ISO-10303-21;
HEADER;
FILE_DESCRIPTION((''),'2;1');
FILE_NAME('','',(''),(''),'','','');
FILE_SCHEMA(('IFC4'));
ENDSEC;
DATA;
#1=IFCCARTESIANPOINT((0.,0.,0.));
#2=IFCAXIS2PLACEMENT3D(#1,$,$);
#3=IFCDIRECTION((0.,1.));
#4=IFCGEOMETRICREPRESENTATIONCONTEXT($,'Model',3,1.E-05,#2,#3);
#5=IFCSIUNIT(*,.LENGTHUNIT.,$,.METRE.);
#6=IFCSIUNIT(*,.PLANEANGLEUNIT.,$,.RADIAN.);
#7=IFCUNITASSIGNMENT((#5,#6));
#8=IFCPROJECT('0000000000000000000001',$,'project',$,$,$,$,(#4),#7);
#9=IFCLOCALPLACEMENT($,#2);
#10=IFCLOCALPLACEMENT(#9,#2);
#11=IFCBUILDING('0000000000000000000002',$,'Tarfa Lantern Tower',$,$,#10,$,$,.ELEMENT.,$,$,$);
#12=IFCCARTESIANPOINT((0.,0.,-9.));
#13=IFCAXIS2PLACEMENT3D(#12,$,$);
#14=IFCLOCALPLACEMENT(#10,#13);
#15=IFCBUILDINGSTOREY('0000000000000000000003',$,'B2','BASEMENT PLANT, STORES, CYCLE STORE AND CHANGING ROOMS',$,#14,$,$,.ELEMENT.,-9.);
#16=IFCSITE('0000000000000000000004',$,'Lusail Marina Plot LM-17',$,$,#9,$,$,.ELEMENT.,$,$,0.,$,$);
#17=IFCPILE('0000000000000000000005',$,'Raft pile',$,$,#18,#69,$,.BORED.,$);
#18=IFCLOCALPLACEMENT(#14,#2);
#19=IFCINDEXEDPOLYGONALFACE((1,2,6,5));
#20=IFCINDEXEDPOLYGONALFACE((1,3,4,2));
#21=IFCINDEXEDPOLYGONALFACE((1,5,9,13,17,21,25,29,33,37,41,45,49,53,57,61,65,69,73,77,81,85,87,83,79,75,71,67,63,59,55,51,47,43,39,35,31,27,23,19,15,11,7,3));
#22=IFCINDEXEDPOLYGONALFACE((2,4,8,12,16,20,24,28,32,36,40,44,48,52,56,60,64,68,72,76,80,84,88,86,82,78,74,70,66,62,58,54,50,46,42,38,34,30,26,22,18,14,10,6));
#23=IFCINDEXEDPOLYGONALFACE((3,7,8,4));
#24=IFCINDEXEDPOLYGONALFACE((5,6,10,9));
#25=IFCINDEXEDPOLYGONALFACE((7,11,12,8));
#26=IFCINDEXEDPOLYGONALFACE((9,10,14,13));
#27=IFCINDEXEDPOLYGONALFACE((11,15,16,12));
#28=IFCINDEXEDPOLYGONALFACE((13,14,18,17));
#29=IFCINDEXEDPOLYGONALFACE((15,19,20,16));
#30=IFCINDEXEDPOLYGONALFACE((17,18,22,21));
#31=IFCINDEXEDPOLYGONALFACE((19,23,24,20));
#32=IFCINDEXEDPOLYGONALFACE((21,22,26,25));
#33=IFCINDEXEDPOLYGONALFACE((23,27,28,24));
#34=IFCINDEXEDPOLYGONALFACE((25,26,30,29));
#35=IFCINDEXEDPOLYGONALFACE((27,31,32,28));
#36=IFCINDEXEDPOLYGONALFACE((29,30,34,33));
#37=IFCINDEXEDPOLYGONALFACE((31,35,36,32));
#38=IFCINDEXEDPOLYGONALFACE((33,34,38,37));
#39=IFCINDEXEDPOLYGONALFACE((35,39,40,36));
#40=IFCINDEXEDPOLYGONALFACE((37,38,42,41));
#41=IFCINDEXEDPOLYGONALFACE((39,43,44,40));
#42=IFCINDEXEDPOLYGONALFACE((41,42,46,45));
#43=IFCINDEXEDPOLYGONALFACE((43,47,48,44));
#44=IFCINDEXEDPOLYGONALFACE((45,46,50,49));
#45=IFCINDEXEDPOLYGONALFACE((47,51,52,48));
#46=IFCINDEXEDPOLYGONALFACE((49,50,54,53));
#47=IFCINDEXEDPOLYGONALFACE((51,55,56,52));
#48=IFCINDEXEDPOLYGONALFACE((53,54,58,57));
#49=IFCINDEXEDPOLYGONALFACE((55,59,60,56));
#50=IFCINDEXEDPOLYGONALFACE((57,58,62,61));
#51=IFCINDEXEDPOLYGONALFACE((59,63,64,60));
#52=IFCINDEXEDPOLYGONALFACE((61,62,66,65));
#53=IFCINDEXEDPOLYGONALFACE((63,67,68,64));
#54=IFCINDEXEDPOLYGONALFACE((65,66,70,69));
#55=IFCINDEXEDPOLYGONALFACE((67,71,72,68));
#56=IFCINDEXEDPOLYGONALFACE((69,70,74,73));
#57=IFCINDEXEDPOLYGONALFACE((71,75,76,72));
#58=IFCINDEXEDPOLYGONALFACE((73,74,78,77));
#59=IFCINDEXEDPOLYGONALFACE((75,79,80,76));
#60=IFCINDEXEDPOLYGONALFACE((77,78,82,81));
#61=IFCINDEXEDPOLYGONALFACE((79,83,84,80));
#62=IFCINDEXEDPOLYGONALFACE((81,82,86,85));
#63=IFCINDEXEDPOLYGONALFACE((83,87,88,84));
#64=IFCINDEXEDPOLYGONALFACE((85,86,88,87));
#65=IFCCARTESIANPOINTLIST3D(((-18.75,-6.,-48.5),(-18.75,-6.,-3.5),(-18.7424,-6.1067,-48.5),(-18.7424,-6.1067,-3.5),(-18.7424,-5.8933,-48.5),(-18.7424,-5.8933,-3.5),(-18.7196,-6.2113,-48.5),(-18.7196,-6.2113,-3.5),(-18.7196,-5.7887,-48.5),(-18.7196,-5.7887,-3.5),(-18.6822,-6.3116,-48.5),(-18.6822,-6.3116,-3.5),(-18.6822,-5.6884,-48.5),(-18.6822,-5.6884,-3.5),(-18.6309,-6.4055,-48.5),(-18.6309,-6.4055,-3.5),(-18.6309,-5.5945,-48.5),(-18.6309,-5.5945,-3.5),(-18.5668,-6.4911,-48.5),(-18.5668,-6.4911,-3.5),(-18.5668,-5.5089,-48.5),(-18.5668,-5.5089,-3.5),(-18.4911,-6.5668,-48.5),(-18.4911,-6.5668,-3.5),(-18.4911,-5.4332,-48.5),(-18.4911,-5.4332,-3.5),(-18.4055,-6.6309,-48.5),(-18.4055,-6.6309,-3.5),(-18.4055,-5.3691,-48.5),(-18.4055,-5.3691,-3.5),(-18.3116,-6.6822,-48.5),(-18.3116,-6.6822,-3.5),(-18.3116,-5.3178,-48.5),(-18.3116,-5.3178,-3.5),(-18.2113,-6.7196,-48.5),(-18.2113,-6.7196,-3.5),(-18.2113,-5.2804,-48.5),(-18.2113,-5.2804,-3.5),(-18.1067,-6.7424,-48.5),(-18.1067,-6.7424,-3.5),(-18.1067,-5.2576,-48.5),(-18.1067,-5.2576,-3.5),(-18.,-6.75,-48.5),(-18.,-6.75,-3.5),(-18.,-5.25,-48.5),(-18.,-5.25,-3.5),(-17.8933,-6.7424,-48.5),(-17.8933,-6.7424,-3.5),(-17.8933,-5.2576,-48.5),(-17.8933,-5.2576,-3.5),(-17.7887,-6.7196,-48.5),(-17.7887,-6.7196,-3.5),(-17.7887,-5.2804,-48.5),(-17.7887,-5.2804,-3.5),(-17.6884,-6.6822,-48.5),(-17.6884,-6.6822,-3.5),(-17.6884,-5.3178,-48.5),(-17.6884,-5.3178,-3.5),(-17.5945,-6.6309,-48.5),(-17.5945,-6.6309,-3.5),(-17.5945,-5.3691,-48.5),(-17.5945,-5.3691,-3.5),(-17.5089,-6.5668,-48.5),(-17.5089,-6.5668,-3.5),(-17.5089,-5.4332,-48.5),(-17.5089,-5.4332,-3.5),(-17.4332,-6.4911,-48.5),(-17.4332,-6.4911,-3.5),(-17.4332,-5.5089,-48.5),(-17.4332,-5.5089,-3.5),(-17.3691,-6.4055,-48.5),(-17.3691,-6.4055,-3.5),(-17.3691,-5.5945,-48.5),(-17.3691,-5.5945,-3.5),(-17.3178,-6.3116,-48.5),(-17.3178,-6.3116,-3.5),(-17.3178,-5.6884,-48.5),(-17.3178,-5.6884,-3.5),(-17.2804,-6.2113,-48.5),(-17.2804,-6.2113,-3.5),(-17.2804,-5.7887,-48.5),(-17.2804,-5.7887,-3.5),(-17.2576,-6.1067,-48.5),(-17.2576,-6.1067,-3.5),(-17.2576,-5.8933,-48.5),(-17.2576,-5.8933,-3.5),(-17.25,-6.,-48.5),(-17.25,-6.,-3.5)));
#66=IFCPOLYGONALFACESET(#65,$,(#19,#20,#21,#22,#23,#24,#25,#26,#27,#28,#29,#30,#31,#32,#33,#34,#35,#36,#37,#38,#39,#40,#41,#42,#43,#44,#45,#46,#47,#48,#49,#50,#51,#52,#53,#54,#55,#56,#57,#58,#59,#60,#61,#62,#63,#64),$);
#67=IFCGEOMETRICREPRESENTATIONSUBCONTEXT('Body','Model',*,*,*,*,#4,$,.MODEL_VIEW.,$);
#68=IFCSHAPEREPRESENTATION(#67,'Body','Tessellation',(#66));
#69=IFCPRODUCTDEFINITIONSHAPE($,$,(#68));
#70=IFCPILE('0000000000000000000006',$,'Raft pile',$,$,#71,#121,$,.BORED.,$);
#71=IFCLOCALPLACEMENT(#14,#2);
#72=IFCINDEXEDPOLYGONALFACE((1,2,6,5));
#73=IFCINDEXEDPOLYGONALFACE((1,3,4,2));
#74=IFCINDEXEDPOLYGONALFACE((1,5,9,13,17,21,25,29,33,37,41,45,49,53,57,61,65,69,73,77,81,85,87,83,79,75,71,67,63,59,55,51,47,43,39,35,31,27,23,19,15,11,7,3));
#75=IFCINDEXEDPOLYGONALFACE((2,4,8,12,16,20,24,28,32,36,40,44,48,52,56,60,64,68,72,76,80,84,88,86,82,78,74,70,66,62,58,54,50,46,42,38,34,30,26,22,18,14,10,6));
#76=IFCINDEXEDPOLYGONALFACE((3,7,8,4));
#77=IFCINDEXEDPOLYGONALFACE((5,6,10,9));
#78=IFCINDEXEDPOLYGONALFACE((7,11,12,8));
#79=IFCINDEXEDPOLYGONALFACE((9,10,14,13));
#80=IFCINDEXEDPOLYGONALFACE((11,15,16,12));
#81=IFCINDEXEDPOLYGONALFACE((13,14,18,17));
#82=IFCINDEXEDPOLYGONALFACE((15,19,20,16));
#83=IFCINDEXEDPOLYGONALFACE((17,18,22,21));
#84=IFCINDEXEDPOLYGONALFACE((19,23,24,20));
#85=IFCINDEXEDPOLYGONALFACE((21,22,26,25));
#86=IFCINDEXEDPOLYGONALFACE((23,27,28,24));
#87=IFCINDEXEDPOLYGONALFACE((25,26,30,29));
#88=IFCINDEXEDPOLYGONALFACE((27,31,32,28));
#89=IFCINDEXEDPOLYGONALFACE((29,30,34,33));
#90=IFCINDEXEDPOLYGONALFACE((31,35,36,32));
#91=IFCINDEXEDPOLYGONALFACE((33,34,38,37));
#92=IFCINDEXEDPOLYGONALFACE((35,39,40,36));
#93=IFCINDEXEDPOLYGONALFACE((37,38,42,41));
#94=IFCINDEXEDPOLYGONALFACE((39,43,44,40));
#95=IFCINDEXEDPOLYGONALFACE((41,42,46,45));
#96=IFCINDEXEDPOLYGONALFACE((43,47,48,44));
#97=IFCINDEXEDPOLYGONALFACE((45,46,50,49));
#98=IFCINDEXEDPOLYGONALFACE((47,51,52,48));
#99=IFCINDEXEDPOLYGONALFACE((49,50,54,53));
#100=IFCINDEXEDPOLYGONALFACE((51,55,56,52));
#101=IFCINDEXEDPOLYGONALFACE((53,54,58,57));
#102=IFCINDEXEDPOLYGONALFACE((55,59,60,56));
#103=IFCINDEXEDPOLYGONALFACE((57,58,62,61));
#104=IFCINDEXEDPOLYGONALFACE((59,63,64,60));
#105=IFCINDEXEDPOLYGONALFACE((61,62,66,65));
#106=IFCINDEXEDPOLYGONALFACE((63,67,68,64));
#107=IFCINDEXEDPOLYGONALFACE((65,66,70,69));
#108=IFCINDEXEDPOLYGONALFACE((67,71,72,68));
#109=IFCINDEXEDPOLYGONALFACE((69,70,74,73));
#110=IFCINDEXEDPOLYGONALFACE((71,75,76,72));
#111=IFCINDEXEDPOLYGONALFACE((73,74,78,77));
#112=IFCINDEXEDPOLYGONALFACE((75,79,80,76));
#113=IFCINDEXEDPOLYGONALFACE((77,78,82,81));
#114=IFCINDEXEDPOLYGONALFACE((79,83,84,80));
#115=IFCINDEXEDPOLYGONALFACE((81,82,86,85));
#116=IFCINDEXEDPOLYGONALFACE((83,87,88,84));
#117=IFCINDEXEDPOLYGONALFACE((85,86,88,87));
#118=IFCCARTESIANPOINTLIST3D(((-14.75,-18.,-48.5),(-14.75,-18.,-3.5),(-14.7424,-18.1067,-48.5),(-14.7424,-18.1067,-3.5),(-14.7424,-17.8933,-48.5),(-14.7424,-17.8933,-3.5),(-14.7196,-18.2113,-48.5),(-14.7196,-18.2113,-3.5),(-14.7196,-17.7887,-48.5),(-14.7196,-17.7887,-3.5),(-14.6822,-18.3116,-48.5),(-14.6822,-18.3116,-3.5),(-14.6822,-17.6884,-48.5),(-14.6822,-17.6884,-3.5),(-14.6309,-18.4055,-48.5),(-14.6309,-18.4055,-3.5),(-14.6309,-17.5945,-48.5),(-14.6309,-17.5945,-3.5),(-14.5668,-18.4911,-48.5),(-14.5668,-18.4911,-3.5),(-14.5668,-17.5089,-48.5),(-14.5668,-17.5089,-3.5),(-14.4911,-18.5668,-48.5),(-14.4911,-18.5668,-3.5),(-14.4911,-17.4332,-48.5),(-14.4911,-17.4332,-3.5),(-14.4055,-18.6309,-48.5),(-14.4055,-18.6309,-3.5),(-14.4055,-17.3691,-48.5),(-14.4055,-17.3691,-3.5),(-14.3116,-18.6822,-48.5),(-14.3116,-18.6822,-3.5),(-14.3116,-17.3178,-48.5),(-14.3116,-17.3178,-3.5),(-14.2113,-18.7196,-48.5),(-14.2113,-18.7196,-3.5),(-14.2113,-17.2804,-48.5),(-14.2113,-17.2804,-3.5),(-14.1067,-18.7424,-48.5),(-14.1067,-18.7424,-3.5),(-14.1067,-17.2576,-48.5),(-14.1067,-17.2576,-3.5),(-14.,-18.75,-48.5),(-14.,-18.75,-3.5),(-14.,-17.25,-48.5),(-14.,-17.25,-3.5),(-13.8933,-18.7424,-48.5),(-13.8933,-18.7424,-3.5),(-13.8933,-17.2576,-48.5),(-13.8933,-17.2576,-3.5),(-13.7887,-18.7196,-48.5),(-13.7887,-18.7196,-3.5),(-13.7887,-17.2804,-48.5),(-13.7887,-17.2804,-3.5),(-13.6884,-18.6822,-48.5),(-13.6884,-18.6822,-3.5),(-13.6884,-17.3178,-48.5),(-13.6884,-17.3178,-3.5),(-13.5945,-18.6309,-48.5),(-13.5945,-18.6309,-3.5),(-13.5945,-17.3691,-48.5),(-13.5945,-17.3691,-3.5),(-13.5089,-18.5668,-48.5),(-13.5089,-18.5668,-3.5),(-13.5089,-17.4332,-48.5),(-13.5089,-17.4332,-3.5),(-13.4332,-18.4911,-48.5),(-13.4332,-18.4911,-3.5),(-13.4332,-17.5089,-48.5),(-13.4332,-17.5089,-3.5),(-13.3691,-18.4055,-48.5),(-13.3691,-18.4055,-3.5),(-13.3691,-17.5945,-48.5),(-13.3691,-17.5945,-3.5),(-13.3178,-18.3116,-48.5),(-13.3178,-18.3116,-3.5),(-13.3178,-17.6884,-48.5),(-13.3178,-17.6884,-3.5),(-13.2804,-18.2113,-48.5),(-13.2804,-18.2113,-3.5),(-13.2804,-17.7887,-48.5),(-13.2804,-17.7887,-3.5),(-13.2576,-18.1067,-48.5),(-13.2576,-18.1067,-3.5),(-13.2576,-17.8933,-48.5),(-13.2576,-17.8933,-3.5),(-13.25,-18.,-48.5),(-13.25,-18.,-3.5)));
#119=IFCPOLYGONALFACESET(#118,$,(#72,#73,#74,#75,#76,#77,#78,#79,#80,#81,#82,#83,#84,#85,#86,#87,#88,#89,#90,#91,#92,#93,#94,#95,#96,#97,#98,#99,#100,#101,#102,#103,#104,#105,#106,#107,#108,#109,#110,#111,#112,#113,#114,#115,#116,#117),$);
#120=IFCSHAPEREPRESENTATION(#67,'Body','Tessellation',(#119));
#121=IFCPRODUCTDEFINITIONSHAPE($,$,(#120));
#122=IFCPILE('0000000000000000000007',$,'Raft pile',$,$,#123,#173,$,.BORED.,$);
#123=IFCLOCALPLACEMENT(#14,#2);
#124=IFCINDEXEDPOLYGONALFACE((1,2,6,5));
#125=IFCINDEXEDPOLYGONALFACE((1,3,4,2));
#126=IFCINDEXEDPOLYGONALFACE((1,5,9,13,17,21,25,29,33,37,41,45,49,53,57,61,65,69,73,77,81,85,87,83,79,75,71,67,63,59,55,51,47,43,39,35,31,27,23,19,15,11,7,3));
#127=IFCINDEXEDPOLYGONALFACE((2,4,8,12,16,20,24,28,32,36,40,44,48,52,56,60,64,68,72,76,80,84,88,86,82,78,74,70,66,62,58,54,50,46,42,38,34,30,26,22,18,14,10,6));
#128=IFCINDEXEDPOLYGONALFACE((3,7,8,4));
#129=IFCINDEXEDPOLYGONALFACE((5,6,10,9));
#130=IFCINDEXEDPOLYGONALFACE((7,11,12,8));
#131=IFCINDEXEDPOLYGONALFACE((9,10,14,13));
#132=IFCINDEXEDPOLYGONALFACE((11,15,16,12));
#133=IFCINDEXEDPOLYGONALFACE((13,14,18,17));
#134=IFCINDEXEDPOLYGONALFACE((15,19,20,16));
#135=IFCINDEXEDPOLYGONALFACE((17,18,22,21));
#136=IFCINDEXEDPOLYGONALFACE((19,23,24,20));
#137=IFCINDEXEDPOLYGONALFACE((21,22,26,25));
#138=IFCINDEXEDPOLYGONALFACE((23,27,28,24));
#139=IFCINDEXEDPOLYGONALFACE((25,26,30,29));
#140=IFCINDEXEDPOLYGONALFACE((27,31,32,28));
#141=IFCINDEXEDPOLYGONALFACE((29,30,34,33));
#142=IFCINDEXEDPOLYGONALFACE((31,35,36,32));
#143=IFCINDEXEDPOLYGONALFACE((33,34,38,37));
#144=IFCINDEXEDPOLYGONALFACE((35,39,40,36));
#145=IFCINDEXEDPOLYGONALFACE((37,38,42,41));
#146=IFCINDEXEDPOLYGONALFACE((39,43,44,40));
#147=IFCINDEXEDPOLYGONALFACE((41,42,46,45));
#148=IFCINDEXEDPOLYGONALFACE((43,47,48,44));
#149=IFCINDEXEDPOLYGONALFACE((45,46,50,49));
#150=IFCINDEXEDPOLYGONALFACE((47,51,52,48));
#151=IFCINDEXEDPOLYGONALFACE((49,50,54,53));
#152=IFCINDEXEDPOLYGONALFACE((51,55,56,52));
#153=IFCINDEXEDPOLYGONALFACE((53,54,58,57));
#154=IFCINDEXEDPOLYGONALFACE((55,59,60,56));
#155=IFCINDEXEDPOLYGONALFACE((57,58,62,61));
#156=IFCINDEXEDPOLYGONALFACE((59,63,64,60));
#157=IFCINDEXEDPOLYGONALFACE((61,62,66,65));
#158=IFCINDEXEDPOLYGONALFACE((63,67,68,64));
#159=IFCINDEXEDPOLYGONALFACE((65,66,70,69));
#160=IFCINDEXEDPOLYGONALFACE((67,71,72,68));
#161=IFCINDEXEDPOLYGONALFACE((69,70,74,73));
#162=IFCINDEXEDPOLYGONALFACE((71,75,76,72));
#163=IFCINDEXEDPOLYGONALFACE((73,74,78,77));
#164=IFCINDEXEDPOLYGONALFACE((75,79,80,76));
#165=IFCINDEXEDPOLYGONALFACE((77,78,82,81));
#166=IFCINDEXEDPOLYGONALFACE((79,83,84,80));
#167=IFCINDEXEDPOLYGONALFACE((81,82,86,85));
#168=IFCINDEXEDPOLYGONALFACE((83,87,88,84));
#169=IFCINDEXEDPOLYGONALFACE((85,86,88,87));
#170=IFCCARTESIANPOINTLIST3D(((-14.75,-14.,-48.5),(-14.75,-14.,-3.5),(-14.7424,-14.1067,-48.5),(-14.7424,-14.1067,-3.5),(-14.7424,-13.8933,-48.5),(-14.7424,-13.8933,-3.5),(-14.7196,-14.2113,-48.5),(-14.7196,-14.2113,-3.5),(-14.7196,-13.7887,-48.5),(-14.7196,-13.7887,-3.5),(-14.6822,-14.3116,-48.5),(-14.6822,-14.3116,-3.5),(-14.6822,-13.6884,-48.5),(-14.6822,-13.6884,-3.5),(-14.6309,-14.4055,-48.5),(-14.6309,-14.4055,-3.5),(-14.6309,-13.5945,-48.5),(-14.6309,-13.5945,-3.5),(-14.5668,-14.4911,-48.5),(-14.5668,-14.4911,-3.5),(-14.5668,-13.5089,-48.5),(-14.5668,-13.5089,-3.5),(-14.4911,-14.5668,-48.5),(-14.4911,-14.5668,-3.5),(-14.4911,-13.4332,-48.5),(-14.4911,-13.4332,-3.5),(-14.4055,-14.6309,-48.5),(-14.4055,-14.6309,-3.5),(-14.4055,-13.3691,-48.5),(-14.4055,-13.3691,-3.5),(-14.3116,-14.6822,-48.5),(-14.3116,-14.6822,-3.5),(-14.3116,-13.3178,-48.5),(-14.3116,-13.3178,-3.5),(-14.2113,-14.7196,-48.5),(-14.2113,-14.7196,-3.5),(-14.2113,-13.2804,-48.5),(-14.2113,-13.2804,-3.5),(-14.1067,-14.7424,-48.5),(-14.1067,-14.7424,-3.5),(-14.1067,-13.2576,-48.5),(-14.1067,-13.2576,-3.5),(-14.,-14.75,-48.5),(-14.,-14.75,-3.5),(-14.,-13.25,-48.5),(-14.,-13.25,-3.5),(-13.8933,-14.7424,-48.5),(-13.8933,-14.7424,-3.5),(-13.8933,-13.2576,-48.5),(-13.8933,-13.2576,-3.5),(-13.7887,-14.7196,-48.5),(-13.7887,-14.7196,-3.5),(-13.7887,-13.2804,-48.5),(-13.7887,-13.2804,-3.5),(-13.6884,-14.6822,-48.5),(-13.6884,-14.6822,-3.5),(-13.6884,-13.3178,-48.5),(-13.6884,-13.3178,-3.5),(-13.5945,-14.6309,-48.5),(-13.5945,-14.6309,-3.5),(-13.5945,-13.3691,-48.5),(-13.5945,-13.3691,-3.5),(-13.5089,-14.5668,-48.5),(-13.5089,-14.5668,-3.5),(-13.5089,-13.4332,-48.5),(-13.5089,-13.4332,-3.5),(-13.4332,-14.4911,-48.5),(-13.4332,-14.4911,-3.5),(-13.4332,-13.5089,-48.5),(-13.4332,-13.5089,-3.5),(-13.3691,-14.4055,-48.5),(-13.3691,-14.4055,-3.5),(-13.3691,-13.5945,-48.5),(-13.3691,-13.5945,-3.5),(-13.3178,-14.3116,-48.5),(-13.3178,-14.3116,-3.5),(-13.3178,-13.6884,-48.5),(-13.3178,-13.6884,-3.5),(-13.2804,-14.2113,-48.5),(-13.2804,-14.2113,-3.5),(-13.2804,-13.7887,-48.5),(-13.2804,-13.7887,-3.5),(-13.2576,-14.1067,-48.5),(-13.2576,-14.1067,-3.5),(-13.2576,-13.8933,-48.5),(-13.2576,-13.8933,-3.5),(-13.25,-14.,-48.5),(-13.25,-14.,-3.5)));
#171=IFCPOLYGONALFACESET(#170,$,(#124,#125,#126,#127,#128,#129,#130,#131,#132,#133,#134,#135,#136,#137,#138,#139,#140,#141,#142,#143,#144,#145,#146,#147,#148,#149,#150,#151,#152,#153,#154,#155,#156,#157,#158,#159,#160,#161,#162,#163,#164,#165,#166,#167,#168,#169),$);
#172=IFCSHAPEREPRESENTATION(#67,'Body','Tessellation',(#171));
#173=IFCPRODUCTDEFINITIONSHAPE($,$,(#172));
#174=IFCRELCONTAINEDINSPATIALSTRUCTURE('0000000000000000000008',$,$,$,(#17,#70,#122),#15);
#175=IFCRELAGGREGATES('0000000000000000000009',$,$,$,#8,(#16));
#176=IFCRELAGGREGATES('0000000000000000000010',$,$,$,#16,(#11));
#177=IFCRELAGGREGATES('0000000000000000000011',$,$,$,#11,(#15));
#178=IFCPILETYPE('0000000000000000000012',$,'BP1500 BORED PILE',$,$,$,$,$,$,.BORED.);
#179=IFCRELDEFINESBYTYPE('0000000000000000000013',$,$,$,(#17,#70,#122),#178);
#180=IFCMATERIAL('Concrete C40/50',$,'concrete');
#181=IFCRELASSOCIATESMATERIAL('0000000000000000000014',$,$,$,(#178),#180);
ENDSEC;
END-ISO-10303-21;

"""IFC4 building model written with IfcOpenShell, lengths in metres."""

from ifc_helpers import new_model, si_unit, direction, frame, origin, origin_2d, place, context, subcontext, project, spatial, circle, extrude, material, material_profile, profile_set, type_object, element, save


model = new_model("IFC4")

# Units and contexts
model_context = context("Model", 3, precision=1e-05, world=origin(), true_north=direction((0.0, 1.0)))
body_context = subcontext(model_context, "Body", "Model", "MODEL_VIEW")
ifc_project = project(units=[si_unit("LENGTHUNIT", "METRE"), si_unit("PLANEANGLEUNIT", "RADIAN")], contexts=[model_context])

# Site, building, storey
site_placement = place(None, origin())
site = spatial("IfcSite", under=ifc_project, at=site_placement, Name="Lusail Marina Plot LM-17", CompositionType="ELEMENT", RefElevation=0.0)
building_placement = place(site_placement, origin())
building = spatial("IfcBuilding", under=site, at=building_placement, Name="Tarfa Lantern Tower", CompositionType="ELEMENT")
storey_placement = place(building_placement, frame((0.0, 0.0, -9.0)))
storey = spatial("IfcBuildingStorey", under=building, at=storey_placement, Name="B2", Description="BASEMENT PLANT, STORES, CYCLE STORE AND CHANGING ROOMS", CompositionType="ELEMENT", Elevation=-9.0)

# Piles
ifc_material_1 = material(Name="Concrete C40/50", Category="concrete")
ifc_material_profile = material_profile(ifc_material_1, circle(Radius=0.75, at=origin_2d()), Name="BORED PILE D1500")
ifc_profile_set = profile_set([ifc_material_profile], Name="Concrete C40/50")
pile_type = type_object("IfcPileType", Name="BP1500 BORED PILE", PredefinedType="BORED", material=ifc_profile_set)
for number, where, z_axis, x_axis, name in (
    (1, (-18.0, -6.0, -3.5), (0.0, 0.0, -1.0), (1.0, 0.0, 0.0), "Raft pile"),
    (2, (-14.0, -18.0, -3.5), (0.0, 0.0, -1.0), (1.0, 0.0, 0.0), "Raft pile"),
    (3, (-14.0, -14.0, -3.5), (0.0, 0.0, -1.0), (1.0, 0.0, 0.0), "Raft pile"),
):
    element("IfcPile", number, at=place(storey_placement, frame(where, z_axis=z_axis, x_axis=x_axis)), inside=storey, type_object=pile_type, Name=name, PredefinedType="BORED", context=body_context, shape_type="SweptSolid", body=[
        extrude(circle(Radius=0.75, at=origin_2d()), origin(), (0.0, 0.0, 1.0), 45.0),
    ])

save(model, "model.ifc")
